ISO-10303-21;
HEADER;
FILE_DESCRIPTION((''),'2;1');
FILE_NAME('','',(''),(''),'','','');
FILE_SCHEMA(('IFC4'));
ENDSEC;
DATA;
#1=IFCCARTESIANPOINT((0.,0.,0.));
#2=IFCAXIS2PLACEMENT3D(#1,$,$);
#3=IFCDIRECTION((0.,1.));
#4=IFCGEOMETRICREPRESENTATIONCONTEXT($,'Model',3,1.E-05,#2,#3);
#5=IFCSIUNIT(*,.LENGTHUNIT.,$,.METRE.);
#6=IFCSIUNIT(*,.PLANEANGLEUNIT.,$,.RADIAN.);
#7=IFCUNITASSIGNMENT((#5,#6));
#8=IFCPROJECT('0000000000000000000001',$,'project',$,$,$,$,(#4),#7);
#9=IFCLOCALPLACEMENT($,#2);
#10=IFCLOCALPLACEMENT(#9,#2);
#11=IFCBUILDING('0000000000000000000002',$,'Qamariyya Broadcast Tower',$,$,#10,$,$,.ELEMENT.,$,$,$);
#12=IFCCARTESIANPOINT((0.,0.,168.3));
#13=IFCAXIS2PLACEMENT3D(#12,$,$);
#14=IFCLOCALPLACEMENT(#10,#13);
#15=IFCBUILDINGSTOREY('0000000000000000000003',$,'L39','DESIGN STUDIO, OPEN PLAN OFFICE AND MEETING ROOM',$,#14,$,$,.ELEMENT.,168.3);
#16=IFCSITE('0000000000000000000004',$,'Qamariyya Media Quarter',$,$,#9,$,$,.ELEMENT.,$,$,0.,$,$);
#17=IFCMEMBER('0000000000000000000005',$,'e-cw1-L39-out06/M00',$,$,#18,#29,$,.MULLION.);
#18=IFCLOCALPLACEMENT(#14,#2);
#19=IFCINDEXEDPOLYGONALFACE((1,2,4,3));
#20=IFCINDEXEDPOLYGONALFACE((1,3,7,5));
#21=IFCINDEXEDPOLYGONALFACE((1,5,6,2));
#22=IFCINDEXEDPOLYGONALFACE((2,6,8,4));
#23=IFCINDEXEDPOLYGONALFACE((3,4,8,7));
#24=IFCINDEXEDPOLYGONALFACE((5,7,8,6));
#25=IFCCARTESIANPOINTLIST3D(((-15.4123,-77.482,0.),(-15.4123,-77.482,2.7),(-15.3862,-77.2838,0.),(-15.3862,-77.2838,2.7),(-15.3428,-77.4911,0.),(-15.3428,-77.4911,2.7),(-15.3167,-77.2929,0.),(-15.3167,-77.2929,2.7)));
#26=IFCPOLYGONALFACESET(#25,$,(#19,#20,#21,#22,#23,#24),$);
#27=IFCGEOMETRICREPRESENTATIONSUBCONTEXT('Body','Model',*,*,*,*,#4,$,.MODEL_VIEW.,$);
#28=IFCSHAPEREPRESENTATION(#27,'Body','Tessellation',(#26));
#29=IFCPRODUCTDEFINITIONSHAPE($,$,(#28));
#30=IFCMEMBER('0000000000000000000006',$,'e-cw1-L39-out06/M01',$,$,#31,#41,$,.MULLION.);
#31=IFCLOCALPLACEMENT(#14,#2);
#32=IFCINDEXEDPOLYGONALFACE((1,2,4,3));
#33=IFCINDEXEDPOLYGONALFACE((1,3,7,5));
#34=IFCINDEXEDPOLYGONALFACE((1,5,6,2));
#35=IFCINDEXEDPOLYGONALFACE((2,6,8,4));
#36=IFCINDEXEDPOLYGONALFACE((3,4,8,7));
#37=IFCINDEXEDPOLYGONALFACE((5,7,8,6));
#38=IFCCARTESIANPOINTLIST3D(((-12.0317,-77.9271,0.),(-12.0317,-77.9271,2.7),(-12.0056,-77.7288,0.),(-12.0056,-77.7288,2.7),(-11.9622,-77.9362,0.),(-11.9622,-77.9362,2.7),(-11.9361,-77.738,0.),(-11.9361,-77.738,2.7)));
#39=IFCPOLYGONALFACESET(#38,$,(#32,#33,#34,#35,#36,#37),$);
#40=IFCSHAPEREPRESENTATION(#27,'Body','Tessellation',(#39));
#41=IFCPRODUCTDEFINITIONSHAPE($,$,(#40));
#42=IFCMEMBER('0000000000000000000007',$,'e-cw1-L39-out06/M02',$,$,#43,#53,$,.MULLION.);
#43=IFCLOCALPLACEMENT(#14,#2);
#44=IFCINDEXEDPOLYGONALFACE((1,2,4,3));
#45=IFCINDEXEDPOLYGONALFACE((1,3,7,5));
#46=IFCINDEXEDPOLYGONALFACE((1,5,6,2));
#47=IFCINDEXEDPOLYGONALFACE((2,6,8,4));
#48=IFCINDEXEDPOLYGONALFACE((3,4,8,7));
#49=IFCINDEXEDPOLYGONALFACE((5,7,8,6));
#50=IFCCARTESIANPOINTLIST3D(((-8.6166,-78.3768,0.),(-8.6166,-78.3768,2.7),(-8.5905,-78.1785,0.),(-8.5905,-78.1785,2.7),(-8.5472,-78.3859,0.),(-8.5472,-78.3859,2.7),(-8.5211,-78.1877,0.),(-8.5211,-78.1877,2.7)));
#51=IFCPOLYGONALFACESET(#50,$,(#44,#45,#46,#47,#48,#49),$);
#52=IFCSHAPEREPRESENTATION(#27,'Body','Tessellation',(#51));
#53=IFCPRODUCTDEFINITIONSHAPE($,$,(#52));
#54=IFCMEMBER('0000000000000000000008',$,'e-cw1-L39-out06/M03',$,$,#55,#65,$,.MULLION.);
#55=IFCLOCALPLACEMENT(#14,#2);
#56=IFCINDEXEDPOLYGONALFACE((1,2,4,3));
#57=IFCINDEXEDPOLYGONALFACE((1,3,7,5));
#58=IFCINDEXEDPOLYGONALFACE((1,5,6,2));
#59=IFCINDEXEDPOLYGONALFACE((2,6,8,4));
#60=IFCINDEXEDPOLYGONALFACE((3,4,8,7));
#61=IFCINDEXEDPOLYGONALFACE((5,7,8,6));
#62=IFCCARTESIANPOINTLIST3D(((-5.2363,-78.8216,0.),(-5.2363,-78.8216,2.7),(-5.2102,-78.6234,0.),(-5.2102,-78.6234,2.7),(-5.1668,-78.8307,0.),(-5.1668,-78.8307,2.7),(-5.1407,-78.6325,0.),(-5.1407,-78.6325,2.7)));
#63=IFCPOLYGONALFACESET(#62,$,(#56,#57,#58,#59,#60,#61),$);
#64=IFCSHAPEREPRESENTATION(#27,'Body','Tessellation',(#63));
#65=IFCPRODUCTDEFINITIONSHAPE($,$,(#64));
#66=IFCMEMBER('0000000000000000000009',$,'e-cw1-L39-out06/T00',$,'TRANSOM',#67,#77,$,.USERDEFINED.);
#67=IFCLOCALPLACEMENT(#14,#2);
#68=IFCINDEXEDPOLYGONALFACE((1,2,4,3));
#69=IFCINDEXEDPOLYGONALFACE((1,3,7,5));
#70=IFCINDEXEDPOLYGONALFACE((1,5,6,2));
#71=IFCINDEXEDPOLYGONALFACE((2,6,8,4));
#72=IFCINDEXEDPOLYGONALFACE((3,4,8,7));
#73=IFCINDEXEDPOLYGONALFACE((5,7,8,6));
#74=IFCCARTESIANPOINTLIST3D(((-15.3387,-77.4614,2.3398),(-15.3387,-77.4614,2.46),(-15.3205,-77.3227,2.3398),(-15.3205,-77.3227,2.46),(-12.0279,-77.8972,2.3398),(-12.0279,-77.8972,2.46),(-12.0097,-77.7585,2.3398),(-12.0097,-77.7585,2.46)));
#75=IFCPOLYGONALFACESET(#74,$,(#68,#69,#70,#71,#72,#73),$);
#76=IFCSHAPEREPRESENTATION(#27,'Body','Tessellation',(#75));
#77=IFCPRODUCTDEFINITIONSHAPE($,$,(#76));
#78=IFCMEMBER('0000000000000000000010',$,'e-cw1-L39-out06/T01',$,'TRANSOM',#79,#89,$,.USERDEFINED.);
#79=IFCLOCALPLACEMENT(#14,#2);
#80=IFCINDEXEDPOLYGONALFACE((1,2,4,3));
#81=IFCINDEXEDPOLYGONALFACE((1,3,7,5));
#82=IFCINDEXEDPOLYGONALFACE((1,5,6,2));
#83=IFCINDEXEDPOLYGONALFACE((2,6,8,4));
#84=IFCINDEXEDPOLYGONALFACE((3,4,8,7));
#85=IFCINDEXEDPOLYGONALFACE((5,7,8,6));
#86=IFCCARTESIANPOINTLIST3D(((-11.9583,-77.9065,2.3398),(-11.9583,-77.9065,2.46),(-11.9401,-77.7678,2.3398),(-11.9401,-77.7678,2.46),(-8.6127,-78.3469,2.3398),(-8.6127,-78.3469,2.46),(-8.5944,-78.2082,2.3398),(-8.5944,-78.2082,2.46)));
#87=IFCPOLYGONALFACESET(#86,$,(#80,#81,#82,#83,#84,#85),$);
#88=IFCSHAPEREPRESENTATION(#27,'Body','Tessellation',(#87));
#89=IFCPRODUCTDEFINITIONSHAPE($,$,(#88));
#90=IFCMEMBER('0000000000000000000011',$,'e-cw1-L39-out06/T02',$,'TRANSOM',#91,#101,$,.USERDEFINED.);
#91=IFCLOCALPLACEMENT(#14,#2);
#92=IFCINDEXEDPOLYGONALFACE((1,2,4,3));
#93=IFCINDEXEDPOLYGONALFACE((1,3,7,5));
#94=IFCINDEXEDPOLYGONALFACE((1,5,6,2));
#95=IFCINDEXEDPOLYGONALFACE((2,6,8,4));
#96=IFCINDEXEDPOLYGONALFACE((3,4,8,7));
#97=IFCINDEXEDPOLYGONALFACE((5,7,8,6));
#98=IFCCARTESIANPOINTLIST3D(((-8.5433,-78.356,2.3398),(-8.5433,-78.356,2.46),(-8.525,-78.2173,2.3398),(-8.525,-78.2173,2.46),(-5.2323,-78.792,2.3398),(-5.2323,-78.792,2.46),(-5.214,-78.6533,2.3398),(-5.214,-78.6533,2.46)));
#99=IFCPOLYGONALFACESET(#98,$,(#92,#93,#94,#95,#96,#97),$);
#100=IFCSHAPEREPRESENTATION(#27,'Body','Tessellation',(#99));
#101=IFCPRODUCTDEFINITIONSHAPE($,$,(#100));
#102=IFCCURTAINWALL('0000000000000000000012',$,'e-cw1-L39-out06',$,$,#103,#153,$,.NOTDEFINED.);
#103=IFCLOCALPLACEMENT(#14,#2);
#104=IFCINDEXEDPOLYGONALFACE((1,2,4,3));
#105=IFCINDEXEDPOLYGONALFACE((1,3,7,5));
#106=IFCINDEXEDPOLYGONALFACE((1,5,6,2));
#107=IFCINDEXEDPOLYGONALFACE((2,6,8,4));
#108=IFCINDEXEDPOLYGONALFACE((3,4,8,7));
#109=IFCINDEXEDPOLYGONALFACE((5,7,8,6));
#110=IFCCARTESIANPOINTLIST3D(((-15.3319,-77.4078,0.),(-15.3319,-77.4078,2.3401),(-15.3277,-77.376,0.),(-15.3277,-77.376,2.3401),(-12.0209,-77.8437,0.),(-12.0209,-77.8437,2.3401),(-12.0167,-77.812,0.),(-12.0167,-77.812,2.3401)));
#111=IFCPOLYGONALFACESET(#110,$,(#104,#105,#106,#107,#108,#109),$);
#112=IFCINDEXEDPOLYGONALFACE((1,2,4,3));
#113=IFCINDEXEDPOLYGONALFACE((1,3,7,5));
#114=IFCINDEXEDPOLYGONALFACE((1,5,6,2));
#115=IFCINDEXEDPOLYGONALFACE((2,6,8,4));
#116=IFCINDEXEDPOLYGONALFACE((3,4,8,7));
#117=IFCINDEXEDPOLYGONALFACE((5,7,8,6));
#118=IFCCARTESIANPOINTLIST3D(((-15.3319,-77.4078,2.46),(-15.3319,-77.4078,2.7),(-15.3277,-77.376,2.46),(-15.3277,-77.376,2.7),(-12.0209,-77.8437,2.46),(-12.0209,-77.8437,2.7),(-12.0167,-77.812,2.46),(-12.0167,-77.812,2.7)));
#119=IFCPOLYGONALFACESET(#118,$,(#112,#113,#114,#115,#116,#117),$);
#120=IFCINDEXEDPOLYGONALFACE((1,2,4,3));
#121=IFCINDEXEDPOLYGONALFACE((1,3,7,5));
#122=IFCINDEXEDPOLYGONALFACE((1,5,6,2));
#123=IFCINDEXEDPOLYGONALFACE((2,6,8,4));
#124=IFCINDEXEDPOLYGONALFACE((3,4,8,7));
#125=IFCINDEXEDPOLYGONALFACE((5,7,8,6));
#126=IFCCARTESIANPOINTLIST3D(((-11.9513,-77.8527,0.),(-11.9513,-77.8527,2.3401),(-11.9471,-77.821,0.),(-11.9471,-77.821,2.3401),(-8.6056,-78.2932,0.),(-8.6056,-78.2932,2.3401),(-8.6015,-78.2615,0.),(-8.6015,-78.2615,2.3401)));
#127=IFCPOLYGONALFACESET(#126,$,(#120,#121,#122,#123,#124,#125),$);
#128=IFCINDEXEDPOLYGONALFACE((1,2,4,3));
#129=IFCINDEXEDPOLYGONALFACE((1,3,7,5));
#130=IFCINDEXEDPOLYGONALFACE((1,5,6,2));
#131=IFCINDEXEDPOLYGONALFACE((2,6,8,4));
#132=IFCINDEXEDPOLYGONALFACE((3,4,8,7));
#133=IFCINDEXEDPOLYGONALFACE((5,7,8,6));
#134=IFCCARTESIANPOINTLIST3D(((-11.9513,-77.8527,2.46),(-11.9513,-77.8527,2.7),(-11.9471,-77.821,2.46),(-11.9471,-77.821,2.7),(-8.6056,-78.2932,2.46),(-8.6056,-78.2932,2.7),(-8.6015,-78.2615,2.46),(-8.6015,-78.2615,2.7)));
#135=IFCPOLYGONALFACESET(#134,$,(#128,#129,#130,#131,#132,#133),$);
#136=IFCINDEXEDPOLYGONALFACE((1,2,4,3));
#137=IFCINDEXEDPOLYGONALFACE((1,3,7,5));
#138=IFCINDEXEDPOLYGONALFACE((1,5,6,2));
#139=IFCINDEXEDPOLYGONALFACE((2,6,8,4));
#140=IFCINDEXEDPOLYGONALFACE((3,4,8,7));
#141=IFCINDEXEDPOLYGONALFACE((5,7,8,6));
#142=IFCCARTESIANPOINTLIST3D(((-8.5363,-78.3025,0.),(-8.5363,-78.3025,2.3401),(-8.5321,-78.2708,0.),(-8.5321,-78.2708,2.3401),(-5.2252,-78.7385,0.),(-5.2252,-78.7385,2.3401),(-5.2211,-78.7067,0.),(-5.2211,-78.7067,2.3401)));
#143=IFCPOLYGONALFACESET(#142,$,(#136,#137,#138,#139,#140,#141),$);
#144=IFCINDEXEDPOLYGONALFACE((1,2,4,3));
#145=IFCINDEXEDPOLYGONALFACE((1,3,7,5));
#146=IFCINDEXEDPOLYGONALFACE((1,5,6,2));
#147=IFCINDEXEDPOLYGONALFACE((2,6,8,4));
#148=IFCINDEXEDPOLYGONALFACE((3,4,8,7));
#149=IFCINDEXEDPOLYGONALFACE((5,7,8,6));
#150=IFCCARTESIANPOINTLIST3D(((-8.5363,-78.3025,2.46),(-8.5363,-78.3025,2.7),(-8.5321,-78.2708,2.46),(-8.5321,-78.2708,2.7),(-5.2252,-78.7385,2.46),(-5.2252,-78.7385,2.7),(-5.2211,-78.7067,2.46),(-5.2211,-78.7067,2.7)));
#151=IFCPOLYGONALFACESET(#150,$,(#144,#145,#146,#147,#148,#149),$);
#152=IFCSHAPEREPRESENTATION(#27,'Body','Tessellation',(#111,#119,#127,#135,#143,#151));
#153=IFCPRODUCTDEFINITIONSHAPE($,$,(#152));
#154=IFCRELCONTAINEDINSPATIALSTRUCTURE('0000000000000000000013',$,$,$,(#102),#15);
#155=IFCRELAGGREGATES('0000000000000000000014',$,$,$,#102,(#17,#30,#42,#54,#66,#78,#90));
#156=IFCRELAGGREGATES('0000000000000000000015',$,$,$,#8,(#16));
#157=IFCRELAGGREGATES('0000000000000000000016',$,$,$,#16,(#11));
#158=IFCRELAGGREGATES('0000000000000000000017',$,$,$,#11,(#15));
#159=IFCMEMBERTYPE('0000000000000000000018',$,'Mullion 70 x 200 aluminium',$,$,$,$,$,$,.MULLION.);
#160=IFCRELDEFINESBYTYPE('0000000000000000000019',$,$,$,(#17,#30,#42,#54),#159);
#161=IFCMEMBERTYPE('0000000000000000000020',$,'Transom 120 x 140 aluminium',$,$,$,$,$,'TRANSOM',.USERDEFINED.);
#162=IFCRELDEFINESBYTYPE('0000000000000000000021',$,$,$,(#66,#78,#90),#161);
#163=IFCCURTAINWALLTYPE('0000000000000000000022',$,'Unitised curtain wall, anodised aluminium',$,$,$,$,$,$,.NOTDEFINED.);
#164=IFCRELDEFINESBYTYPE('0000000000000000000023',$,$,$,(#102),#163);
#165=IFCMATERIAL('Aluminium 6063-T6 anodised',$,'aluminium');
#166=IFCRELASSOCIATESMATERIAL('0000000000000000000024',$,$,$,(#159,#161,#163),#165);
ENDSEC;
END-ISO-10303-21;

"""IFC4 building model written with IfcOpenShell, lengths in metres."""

from ifc_helpers import new_model, si_unit, direction, frame, origin, origin_2d, place, context, subcontext, project, spatial, rectangle, extrude, material, material_profile, profile_set, type_object, element, aggregate, save


model = new_model("IFC4")

# Units and contexts
model_context = context("Model", 3, precision=1e-05, world=origin(), true_north=direction((0.0, 1.0)))
body_context = subcontext(model_context, "Body", "Model", "MODEL_VIEW")
ifc_project = project(units=[si_unit("LENGTHUNIT", "METRE"), si_unit("PLANEANGLEUNIT", "RADIAN")], contexts=[model_context])

# Members
ifc_material = material(Name="Aluminium 6063-T6 anodised", Category="aluminium")
ifc_material_profile_1 = material_profile(ifc_material, rectangle(XDim=0.2, YDim=0.0701, at=origin_2d()))
ifc_profile_set_1 = profile_set([ifc_material_profile_1], Name="Aluminium 6063-T6 anodised")
member_type_1 = type_object("IfcMemberType", Name="Mullion 70 x 200 aluminium", PredefinedType="MULLION", material=ifc_profile_set_1)
site_placement = place(None, origin())
building_placement = place(site_placement, origin())
storey_placement = place(building_placement, frame((0.0, 0.0, 168.3)))
member_1_placement = place(storey_placement, frame((-15.3645, -77.3875, 0.0), z_axis=(0.0, 0.0, 1.0), x_axis=(0.130526, 0.991445, 0.0)))
member_1 = element("IfcMember", 1, at=member_1_placement, type_object=member_type_1, Name="e-cw1-L39-out06/M00", PredefinedType="MULLION", context=body_context, shape_type="SweptSolid", body=[
    extrude(rectangle(XDim=0.2, YDim=0.0701, at=origin_2d()), origin(), (0.0, 0.0, 1.0), 2.7),
])
member_2_placement = place(storey_placement, frame((-11.9839, -77.8325, 0.0), z_axis=(0.0, 0.0, 1.0), x_axis=(0.130526, 0.991445, 0.0)))
member_2 = element("IfcMember", 2, at=member_2_placement, type_object=member_type_1, Name="e-cw1-L39-out06/M01", PredefinedType="MULLION", context=body_context, shape_type="SweptSolid", body=[
    extrude(rectangle(XDim=0.2, YDim=0.0701, at=origin_2d()), origin(), (0.0, 0.0, 1.0), 2.7),
])
member_3_placement = place(storey_placement, frame((-8.5688, -78.2822, 0.0), z_axis=(0.0, 0.0, 1.0), x_axis=(0.130526, 0.991445, 0.0)))
member_3 = element("IfcMember", 3, at=member_3_placement, type_object=member_type_1, Name="e-cw1-L39-out06/M02", PredefinedType="MULLION", context=body_context, shape_type="SweptSolid", body=[
    extrude(rectangle(XDim=0.2, YDim=0.0701, at=origin_2d()), origin(), (0.0, 0.0, 1.0), 2.7),
])
member_4_placement = place(storey_placement, frame((-5.1885, -78.7271, 0.0), z_axis=(0.0, 0.0, 1.0), x_axis=(0.130526, 0.991445, 0.0)))
member_4 = element("IfcMember", 4, at=member_4_placement, type_object=member_type_1, Name="e-cw1-L39-out06/M03", PredefinedType="MULLION", context=body_context, shape_type="SweptSolid", body=[
    extrude(rectangle(XDim=0.2, YDim=0.0701, at=origin_2d()), origin(), (0.0, 0.0, 1.0), 2.7),
])
ifc_material_profile_2 = material_profile(ifc_material, rectangle(XDim=0.1399, YDim=0.1201, at=origin_2d()))
ifc_profile_set_2 = profile_set([ifc_material_profile_2], Name="Aluminium 6063-T6 anodised")
member_type_2 = type_object("IfcMemberType", Name="Transom 120 x 140 aluminium", ElementType="TRANSOM", PredefinedType="USERDEFINED", material=ifc_profile_set_2)
member_5_placement = place(storey_placement, frame((-15.3296, -77.3921, 2.3999), z_axis=(0.991448, -0.130502, 0.0), x_axis=(0.130502, 0.991448, 0.0)))
member_5 = element("IfcMember", 5, at=member_5_placement, type_object=member_type_2, Name="e-cw1-L39-out06/T00", ObjectType="TRANSOM", PredefinedType="USERDEFINED", context=body_context, shape_type="SweptSolid", body=[
    extrude(rectangle(XDim=0.1399, YDim=0.1201, at=origin_2d()), origin(), (0.0, 0.0, 1.0), 3.3394),
])
member_6_placement = place(storey_placement, frame((-11.9492, -77.8372, 2.3999), z_axis=(0.991446, -0.130514, 0.0), x_axis=(0.130514, 0.991446, 0.0)))
member_6 = element("IfcMember", 6, at=member_6_placement, type_object=member_type_2, Name="e-cw1-L39-out06/T01", ObjectType="TRANSOM", PredefinedType="USERDEFINED", context=body_context, shape_type="SweptSolid", body=[
    extrude(rectangle(XDim=0.1399, YDim=0.1201, at=origin_2d()), origin(), (0.0, 0.0, 1.0), 3.3745),
])
member_7_placement = place(storey_placement, frame((-8.5342, -78.2866, 2.3999), z_axis=(0.99144, -0.130564, 0.0), x_axis=(0.130564, 0.99144, 0.0)))
member_7 = element("IfcMember", 7, at=member_7_placement, type_object=member_type_2, Name="e-cw1-L39-out06/T02", ObjectType="TRANSOM", PredefinedType="USERDEFINED", context=body_context, shape_type="SweptSolid", body=[
    extrude(rectangle(XDim=0.1399, YDim=0.1201, at=origin_2d()), origin(), (0.0, 0.0, 1.0), 3.3396),
])

# Site, building, storey
site = spatial("IfcSite", under=ifc_project, at=site_placement, Name="Qamariyya Media Quarter", CompositionType="ELEMENT", RefElevation=0.0)
building = spatial("IfcBuilding", under=site, at=building_placement, Name="Qamariyya Broadcast Tower", CompositionType="ELEMENT")
storey = spatial("IfcBuildingStorey", under=building, at=storey_placement, Name="L39", Description="DESIGN STUDIO, OPEN PLAN OFFICE AND MEETING ROOM", CompositionType="ELEMENT", Elevation=168.3)

# Curtain wall
curtain_wall_type = type_object("IfcCurtainWallType", Name="Unitised curtain wall, anodised aluminium", PredefinedType="NOTDEFINED", material=ifc_material)
curtain_wall_1_placement = place(storey_placement, origin())
curtain_wall_1 = element("IfcCurtainWall", 8, at=curtain_wall_1_placement, inside=storey, type_object=curtain_wall_type, Name="e-cw1-L39-out06", PredefinedType="NOTDEFINED", context=body_context, shape_type="SweptSolid", body=[
    extrude(rectangle(XDim=3.3396, YDim=0.032, at=origin_2d()), frame((-13.6743, -77.6099, 0.0), x_axis=(0.991444, -0.130531, 0.0)), (0.0, 0.0, 1.0), 2.3401),
    extrude(rectangle(XDim=3.3396, YDim=0.032, at=origin_2d()), frame((-13.6743, -77.6099, 2.46), x_axis=(0.991444, -0.130531, 0.0)), (0.0, 0.0, 1.0), 0.24),
    extrude(rectangle(XDim=3.3745, YDim=0.032, at=origin_2d()), frame((-10.2764, -78.0571, 0.0), x_axis=(0.991444, -0.130531, 0.0)), (0.0, 0.0, 1.0), 2.3401),
    extrude(rectangle(XDim=3.3745, YDim=0.032, at=origin_2d()), frame((-10.2764, -78.0571, 2.46), x_axis=(0.991444, -0.130531, 0.0)), (0.0, 0.0, 1.0), 0.24),
    extrude(rectangle(XDim=3.3396, YDim=0.032, at=origin_2d()), frame((-6.8787, -78.5046, 0.0), x_axis=(0.991444, -0.130531, 0.0)), (0.0, 0.0, 1.0), 2.3401),
    extrude(rectangle(XDim=3.3396, YDim=0.032, at=origin_2d()), frame((-6.8787, -78.5046, 2.46), x_axis=(0.991444, -0.130531, 0.0)), (0.0, 0.0, 1.0), 0.24),
])
aggregate(curtain_wall_1, [member_1, member_2, member_3, member_4, member_5, member_6, member_7])

save(model, "model.ifc")
